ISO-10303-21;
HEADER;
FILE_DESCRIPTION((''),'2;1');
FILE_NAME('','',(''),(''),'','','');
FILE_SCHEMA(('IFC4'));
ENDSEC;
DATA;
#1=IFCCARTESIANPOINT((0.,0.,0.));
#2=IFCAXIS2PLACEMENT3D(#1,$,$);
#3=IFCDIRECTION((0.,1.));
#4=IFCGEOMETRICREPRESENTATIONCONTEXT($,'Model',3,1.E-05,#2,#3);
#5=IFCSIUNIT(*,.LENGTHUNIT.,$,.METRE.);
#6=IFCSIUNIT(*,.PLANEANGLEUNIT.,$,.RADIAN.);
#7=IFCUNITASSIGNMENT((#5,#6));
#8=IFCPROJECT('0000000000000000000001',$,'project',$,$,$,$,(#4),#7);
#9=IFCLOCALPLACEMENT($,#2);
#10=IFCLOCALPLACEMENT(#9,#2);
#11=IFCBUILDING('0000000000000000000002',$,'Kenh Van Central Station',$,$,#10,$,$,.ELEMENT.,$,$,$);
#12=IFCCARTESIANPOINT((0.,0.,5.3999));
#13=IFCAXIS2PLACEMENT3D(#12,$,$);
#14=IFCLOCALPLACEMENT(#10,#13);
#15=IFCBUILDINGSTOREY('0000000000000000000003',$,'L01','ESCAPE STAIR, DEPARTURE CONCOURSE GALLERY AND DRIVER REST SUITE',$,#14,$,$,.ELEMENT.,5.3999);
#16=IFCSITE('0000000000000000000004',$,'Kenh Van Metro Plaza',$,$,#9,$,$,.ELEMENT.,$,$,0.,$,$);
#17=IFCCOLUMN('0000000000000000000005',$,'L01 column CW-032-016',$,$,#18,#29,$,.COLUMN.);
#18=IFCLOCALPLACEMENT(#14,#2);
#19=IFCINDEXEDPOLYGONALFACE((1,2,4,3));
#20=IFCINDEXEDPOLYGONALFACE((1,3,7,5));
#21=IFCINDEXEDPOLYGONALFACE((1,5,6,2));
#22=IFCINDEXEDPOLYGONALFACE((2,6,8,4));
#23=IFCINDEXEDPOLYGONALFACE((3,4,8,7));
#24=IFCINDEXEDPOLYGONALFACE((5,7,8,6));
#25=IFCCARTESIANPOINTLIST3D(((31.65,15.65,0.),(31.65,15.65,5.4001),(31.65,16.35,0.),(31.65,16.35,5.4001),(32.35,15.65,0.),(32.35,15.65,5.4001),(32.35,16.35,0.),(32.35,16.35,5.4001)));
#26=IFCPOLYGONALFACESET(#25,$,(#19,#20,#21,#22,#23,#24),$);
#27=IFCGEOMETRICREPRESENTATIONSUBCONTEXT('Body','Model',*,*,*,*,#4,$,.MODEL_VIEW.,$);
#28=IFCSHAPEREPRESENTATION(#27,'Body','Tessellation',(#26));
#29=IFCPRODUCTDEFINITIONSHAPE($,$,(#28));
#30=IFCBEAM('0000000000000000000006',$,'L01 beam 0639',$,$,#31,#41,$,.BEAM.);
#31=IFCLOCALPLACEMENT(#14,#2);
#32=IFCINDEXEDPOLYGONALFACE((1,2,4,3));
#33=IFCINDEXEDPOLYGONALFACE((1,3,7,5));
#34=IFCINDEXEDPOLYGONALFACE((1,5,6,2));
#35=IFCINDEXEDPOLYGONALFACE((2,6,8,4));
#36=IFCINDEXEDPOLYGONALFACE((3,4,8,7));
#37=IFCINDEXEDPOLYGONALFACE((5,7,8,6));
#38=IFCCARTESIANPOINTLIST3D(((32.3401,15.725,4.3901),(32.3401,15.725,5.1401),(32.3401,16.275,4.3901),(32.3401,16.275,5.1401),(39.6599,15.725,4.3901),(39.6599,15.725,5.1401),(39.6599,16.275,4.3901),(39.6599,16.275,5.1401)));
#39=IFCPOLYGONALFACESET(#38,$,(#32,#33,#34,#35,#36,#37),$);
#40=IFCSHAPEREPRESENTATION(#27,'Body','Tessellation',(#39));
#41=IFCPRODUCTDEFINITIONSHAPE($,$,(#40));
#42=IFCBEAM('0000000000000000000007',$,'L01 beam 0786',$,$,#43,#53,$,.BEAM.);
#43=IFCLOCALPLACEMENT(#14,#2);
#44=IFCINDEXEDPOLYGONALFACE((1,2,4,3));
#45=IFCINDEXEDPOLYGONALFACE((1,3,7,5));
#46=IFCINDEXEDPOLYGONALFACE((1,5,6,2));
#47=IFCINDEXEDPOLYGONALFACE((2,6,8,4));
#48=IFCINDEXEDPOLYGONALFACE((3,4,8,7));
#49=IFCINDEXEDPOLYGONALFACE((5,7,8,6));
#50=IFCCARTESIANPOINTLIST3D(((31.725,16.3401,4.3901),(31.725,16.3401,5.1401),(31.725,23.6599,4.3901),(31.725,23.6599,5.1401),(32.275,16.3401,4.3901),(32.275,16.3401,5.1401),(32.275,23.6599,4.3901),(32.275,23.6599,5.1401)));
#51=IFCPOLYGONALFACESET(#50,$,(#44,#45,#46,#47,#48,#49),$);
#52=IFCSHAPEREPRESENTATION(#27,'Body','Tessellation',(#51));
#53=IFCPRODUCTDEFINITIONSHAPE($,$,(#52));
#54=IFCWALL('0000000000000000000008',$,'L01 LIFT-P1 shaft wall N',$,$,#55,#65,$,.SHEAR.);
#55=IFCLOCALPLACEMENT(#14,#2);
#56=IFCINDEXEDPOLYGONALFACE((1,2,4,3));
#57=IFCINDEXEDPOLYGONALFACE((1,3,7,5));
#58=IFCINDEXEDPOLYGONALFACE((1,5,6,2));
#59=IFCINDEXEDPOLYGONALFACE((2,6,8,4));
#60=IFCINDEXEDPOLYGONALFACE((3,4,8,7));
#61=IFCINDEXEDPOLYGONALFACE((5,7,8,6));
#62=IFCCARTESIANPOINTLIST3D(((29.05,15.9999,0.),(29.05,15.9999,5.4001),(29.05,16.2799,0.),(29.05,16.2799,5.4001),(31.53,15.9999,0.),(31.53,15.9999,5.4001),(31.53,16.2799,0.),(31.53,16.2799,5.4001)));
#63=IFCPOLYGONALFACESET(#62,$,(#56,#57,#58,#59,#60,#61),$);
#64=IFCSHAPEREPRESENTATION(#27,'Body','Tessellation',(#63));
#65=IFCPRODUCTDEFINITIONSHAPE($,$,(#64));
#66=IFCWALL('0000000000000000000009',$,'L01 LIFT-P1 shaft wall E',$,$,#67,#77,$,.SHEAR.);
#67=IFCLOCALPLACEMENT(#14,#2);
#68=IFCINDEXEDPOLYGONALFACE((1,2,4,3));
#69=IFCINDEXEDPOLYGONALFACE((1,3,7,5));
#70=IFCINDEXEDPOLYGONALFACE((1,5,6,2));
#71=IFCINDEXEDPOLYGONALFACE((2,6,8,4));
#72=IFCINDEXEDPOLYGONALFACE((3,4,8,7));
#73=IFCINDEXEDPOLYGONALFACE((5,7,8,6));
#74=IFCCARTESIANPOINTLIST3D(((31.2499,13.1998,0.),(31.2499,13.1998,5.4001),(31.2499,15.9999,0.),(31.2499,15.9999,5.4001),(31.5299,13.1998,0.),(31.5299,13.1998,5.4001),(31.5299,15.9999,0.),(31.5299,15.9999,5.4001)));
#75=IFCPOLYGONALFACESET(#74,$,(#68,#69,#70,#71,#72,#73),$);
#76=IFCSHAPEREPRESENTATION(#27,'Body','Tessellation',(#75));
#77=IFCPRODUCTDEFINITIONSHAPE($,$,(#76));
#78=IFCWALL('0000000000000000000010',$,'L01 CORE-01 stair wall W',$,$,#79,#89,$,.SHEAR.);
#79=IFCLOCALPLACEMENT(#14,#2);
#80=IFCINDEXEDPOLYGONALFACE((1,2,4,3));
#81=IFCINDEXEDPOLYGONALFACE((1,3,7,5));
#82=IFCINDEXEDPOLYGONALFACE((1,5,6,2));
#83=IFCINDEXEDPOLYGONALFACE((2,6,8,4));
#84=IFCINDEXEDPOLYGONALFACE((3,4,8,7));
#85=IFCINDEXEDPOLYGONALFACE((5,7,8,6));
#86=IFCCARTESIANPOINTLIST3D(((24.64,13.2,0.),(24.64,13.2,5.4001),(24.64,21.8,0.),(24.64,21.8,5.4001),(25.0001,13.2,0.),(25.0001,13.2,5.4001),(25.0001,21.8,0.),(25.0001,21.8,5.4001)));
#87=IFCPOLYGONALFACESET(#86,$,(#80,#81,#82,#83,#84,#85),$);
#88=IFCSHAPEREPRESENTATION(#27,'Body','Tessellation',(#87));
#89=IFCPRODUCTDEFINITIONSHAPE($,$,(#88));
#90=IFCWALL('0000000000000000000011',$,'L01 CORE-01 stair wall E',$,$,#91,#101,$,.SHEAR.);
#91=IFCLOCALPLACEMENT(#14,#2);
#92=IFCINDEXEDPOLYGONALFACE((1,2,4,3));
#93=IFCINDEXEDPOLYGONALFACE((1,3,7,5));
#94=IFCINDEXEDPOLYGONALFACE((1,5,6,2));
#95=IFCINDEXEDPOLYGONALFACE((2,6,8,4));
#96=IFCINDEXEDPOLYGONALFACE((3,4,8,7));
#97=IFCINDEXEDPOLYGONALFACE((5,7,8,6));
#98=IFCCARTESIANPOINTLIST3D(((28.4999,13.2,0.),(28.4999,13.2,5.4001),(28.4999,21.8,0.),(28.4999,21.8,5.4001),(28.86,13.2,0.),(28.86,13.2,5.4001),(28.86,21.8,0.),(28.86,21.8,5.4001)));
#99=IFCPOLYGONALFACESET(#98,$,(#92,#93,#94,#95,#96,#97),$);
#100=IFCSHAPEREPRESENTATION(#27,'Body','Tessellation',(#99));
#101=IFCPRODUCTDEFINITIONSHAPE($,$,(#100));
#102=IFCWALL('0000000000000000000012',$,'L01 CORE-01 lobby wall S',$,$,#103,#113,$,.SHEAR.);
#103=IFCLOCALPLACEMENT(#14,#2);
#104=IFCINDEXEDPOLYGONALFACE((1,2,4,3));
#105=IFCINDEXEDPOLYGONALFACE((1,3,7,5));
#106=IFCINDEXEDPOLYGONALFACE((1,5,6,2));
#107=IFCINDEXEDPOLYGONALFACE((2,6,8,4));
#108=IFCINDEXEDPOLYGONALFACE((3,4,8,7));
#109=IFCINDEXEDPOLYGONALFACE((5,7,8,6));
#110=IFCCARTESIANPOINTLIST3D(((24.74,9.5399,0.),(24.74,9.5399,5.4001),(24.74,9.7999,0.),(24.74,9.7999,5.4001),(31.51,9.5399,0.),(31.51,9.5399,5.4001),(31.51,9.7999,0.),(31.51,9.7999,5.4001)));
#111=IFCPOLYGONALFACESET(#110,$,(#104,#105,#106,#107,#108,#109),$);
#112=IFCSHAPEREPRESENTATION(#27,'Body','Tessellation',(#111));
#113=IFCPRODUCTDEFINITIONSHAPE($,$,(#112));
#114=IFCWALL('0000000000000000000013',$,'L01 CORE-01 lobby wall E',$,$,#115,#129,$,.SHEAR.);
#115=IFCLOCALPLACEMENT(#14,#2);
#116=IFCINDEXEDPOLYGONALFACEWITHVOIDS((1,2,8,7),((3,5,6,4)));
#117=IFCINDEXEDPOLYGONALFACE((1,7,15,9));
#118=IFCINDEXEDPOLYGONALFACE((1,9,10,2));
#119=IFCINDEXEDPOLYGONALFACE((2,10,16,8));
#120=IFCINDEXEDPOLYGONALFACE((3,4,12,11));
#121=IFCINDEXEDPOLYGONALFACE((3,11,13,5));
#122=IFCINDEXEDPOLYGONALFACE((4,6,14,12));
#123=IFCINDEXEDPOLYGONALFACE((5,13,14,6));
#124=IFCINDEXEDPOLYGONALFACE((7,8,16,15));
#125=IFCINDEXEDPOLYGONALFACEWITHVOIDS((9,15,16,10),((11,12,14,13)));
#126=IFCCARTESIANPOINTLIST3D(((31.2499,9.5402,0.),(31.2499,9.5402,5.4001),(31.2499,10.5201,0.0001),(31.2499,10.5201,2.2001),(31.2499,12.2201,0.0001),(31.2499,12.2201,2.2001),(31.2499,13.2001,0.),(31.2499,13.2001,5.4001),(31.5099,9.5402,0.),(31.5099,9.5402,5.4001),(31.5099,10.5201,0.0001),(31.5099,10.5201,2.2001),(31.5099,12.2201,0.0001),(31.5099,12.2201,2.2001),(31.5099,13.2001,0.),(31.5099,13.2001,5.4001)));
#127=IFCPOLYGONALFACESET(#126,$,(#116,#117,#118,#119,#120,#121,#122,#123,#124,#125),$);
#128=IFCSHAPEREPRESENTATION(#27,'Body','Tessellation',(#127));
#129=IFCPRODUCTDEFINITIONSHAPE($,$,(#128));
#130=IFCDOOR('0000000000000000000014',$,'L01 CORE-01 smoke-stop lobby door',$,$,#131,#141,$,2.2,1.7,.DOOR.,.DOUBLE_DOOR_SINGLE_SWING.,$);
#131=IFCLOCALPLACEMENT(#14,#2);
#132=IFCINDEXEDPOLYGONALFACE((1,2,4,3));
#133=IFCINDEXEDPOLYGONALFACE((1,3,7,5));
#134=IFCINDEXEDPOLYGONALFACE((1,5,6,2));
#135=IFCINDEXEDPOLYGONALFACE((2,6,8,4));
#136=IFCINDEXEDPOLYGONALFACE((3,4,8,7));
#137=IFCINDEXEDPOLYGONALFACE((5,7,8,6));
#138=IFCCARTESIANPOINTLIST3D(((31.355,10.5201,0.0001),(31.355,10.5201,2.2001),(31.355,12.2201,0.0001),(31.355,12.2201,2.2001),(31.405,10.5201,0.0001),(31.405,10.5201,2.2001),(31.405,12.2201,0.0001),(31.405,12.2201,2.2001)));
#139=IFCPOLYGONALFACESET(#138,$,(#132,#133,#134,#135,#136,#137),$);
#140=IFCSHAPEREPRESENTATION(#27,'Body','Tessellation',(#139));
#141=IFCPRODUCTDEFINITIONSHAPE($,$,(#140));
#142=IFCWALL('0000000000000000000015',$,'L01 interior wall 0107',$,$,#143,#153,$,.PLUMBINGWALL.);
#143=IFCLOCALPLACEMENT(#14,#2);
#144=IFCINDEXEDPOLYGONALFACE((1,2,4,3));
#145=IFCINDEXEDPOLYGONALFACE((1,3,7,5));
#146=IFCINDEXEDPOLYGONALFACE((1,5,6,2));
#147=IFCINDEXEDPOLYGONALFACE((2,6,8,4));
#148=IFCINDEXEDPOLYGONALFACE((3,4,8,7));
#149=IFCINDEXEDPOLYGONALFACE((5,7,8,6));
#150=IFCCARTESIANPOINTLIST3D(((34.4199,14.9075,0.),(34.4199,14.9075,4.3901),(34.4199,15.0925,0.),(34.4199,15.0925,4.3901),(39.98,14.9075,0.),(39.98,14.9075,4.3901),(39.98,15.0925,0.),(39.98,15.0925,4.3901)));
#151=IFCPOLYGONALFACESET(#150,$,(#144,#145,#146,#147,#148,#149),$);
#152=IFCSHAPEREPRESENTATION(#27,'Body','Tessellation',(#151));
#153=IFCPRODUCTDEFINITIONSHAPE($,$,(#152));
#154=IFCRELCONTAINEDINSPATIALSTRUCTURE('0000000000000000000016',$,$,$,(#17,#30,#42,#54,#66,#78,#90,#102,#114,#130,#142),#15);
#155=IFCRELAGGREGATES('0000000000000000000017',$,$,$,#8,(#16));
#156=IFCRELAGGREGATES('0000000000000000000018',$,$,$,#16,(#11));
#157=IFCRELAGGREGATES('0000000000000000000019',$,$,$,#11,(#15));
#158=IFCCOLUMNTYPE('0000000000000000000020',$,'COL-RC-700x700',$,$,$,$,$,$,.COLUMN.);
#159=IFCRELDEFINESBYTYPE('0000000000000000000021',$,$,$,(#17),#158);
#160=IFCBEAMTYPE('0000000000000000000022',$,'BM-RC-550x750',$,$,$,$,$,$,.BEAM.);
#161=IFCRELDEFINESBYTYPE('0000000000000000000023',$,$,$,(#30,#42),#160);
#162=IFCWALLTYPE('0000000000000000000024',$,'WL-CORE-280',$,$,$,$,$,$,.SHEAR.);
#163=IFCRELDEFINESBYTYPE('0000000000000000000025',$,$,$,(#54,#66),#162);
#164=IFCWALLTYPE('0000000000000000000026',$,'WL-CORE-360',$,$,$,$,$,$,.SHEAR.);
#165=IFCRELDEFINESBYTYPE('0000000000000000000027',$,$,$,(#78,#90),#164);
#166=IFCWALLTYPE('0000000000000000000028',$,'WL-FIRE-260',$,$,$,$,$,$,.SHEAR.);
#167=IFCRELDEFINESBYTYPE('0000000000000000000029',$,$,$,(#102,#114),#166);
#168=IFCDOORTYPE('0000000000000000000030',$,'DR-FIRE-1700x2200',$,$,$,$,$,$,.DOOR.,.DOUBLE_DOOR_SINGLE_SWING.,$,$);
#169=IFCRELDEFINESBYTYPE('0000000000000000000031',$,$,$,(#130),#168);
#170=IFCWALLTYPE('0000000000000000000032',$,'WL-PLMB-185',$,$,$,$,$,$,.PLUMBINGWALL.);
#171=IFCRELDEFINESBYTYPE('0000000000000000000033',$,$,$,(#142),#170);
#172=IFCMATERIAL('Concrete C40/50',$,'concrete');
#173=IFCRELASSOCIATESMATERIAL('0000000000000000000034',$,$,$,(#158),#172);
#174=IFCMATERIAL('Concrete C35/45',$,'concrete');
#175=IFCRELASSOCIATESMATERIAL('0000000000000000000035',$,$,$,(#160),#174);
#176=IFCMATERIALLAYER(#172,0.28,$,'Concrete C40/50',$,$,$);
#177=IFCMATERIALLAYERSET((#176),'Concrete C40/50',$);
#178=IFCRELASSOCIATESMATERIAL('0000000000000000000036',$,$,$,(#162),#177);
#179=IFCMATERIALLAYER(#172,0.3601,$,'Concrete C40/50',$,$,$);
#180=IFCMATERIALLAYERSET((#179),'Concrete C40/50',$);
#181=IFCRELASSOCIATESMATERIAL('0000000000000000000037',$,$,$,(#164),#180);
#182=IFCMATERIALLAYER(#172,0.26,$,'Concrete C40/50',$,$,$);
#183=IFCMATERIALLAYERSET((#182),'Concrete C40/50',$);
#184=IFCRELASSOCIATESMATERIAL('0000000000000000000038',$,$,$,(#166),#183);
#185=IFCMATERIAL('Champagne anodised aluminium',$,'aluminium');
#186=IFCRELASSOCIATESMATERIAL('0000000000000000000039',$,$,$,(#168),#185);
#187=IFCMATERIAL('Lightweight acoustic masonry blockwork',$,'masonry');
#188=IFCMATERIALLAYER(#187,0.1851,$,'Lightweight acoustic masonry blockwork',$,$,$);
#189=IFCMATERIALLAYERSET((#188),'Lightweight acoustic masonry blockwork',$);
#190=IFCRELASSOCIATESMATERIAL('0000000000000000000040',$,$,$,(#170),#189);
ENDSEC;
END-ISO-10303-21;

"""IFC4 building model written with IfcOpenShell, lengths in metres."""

from ifc_helpers import new_model, si_unit, direction, frame, frame_2d, origin, origin_2d, place, context, subcontext, project, spatial, rectangle, extrude, material, layer, layer_set, material_profile, profile_set, type_object, element, fill, save


model = new_model("IFC4")

# Units and contexts
model_context = context("Model", 3, precision=1e-05, world=origin(), true_north=direction((0.0, 1.0)))
body_context = subcontext(model_context, "Body", "Model", "MODEL_VIEW")
ifc_project = project(units=[si_unit("LENGTHUNIT", "METRE"), si_unit("PLANEANGLEUNIT", "RADIAN")], contexts=[model_context])

# Site, building, storey
site_placement = place(None, origin())
site = spatial("IfcSite", under=ifc_project, at=site_placement, Name="Kenh Van Metro Plaza", CompositionType="ELEMENT", RefElevation=0.0)
building_placement = place(site_placement, origin())
building = spatial("IfcBuilding", under=site, at=building_placement, Name="Kenh Van Central Station", CompositionType="ELEMENT")
storey_placement = place(building_placement, frame((0.0, 0.0, 5.3999)))
storey = spatial("IfcBuildingStorey", under=building, at=storey_placement, Name="L01", Description="ESCAPE STAIR, DEPARTURE CONCOURSE GALLERY AND DRIVER REST SUITE", CompositionType="ELEMENT", Elevation=5.3999)

# Column
ifc_material_1 = material(Name="Concrete C40/50", Category="concrete")
ifc_material_profile_1 = material_profile(ifc_material_1, rectangle(XDim=0.7, YDim=0.7, at=origin_2d()), Name="RC 700x700")
ifc_profile_set_1 = profile_set([ifc_material_profile_1], Name="Concrete C40/50")
column_type = type_object("IfcColumnType", Name="COL-RC-700x700", PredefinedType="COLUMN", material=ifc_profile_set_1)
column_placement = place(storey_placement, frame((32.0, 16.0, 0.0), z_axis=(0.0, 0.0, 1.0), x_axis=(1.0, 0.0, 0.0)))
element("IfcColumn", 1, at=column_placement, inside=storey, type_object=column_type, Name="L01 column CW-032-016", PredefinedType="COLUMN", context=body_context, shape_type="SweptSolid", body=[
    extrude(rectangle(XDim=0.7, YDim=0.7, at=origin_2d()), origin(), (0.0, 0.0, 1.0), 5.4001),
])

# Beams
ifc_material_2 = material(Name="Concrete C35/45", Category="concrete")
ifc_material_profile_2 = material_profile(ifc_material_2, rectangle(XDim=0.55, YDim=0.75, at=origin_2d()), Name="RC 550x750")
ifc_profile_set_2 = profile_set([ifc_material_profile_2], Name="Concrete C35/45")
beam_type = type_object("IfcBeamType", Name="BM-RC-550x750", PredefinedType="BEAM", material=ifc_profile_set_2)
for number, where, z_axis, x_axis, name in (
    (2, (32.3401, 16.0, 4.7651), (1.0, 0.0, 0.0), (0.0, 1.0, 0.0), "L01 beam 0639"),
    (3, (32.0, 16.3401, 4.7651), (0.0, 1.0, 0.0), (-1.0, 0.0, 0.0), "L01 beam 0786"),
):
    element("IfcBeam", number, at=place(storey_placement, frame(where, z_axis=z_axis, x_axis=x_axis)), inside=storey, type_object=beam_type, Name=name, PredefinedType="BEAM", context=body_context, shape_type="SweptSolid", body=[
        extrude(rectangle(XDim=0.55, YDim=0.75, at=origin_2d()), origin(), (0.0, 0.0, 1.0), 7.3198),
    ])

# Shared definitions
ifc_layer_1 = layer(ifc_material_1, 0.28, Name="Concrete C40/50")
ifc_layer_set_1 = layer_set([ifc_layer_1], Name="Concrete C40/50")
wall_type_1 = type_object("IfcWallType", Name="WL-CORE-280", PredefinedType="SHEAR", material=ifc_layer_set_1)
ifc_material_3 = material(Name="Champagne anodised aluminium", Category="aluminium")

# Walls
wall_1_placement = place(storey_placement, frame((29.05, 16.1399, 0.0), z_axis=(0.0, 0.0, 1.0), x_axis=(1.0, 0.0, 0.0)))
element("IfcWall", 4, at=wall_1_placement, inside=storey, type_object=wall_type_1, Name="L01 LIFT-P1 shaft wall N", PredefinedType="SHEAR", context=body_context, shape_type="SweptSolid", body=[
    extrude(rectangle(XDim=2.48, YDim=0.28, at=frame_2d((1.24, 0.0))), origin(), (0.0, 0.0, 1.0), 5.4001),
])
wall_2_placement = place(storey_placement, frame((31.3899, 13.2, 0.0), z_axis=(0.0, 0.0, 1.0), x_axis=(0.0, 1.0, 0.0)))
element("IfcWall", 5, at=wall_2_placement, inside=storey, type_object=wall_type_1, Name="L01 LIFT-P1 shaft wall E", PredefinedType="SHEAR", context=body_context, shape_type="SweptSolid", body=[
    extrude(rectangle(XDim=2.8, YDim=0.28, at=frame_2d((1.3999, 0.0))), origin(), (0.0, 0.0, 1.0), 5.4001),
])

# Shared definitions
ifc_layer_2 = layer(ifc_material_1, 0.3601, Name="Concrete C40/50")
ifc_layer_set_2 = layer_set([ifc_layer_2], Name="Concrete C40/50")
wall_type_2 = type_object("IfcWallType", Name="WL-CORE-360", PredefinedType="SHEAR", material=ifc_layer_set_2)

# Walls
for number, where, z_axis, x_axis, name in (
    (6, (24.8201, 13.2, 0.0), (0.0, 0.0, 1.0), (0.0, 1.0, 0.0), "L01 CORE-01 stair wall W"),
    (7, (28.6799, 13.2, 0.0), (0.0, 0.0, 1.0), (0.0, 1.0, 0.0), "L01 CORE-01 stair wall E"),
):
    element("IfcWall", number, at=place(storey_placement, frame(where, z_axis=z_axis, x_axis=x_axis)), inside=storey, type_object=wall_type_2, Name=name, PredefinedType="SHEAR", context=body_context, shape_type="SweptSolid", body=[
        extrude(rectangle(XDim=8.6001, YDim=0.3601, at=frame_2d((4.3, 0.0))), origin(), (0.0, 0.0, 1.0), 5.4001),
    ])
ifc_layer_3 = layer(ifc_material_1, 0.26, Name="Concrete C40/50")
ifc_layer_set_3 = layer_set([ifc_layer_3], Name="Concrete C40/50")
wall_type_3 = type_object("IfcWallType", Name="WL-FIRE-260", PredefinedType="SHEAR", material=ifc_layer_set_3)
wall_3_placement = place(storey_placement, frame((31.51, 9.6699, 0.0), z_axis=(0.0, 0.0, 1.0), x_axis=(-1.0, 0.0, 0.0)))
element("IfcWall", 8, at=wall_3_placement, inside=storey, type_object=wall_type_3, Name="L01 CORE-01 lobby wall S", PredefinedType="SHEAR", context=body_context, shape_type="SweptSolid", body=[
    extrude(rectangle(XDim=6.77, YDim=0.26, at=frame_2d((3.385, 0.0))), origin(), (0.0, 0.0, 1.0), 5.4001),
])

# Wall, opening, door
wall_4_placement = place(storey_placement, frame((31.3799, 9.54, 0.0), z_axis=(0.0, 0.0, 1.0), x_axis=(0.0, 1.0, 0.0)))
wall_4 = element("IfcWall", 9, at=wall_4_placement, inside=storey, type_object=wall_type_3, Name="L01 CORE-01 lobby wall E", PredefinedType="SHEAR", context=body_context, shape_type="SweptSolid", body=[
    extrude(rectangle(XDim=3.6599, YDim=0.26, at=frame_2d((1.8301, 0.0))), origin(), (0.0, 0.0, 1.0), 5.4001),
])
opening_1_placement = place(wall_4_placement, frame((0.98, 0.0, 0.0)))
opening_1 = element("IfcOpeningElement", 10, at=opening_1_placement, cuts=wall_4, PredefinedType="OPENING", context=body_context, shape_type="SweptSolid", body=[
    extrude(rectangle(XDim=1.7, YDim=2.2, at=frame_2d((0.8501, 1.1001))), frame((0.0, 0.1399, 0.0), z_axis=(0.0, -1.0, 0.0), x_axis=(1.0, 0.0, 0.0)), (0.0, 0.0, 1.0), 0.28),
])
door_type_1 = type_object("IfcDoorType", Name="DR-FIRE-1700x2200", OperationType="DOUBLE_DOOR_SINGLE_SWING", PredefinedType="DOOR", material=ifc_material_3)
door_1_placement = place(opening_1_placement, origin())
door_1 = element("IfcDoor", 11, at=door_1_placement, inside=storey, type_object=door_type_1, Name="L01 CORE-01 smoke-stop lobby door", OperationType="DOUBLE_DOOR_SINGLE_SWING", OverallHeight=2.2, OverallWidth=1.7, PredefinedType="DOOR", context=body_context, shape_type="SweptSolid", body=[
    extrude(rectangle(XDim=1.7, YDim=2.2, at=frame_2d((0.8501, 1.1001))), frame((0.0, 0.0249, 0.0), z_axis=(0.0, -1.0, 0.0), x_axis=(1.0, 0.0, 0.0)), (0.0, 0.0, 1.0), 0.05),
])
fill(opening_1, door_1)

# Wall
ifc_material_4 = material(Name="Lightweight acoustic masonry blockwork", Category="masonry")
ifc_layer_4 = layer(ifc_material_4, 0.1851, Name="Lightweight acoustic masonry blockwork")
ifc_layer_set_4 = layer_set([ifc_layer_4], Name="Lightweight acoustic masonry blockwork")
wall_type_4 = type_object("IfcWallType", Name="WL-PLMB-185", PredefinedType="PLUMBINGWALL", material=ifc_layer_set_4)
wall_5_placement = place(storey_placement, frame((34.4199, 15.0, 0.0), z_axis=(0.0, 0.0, 1.0), x_axis=(1.0, 0.0, 0.0)))
element("IfcWall", 12, at=wall_5_placement, inside=storey, type_object=wall_type_4, Name="L01 interior wall 0107", PredefinedType="PLUMBINGWALL", context=body_context, shape_type="SweptSolid", body=[
    extrude(rectangle(XDim=5.5601, YDim=0.1851, at=frame_2d((2.78, 0.0))), origin(), (0.0, 0.0, 1.0), 4.3901),
])

save(model, "model.ifc")
